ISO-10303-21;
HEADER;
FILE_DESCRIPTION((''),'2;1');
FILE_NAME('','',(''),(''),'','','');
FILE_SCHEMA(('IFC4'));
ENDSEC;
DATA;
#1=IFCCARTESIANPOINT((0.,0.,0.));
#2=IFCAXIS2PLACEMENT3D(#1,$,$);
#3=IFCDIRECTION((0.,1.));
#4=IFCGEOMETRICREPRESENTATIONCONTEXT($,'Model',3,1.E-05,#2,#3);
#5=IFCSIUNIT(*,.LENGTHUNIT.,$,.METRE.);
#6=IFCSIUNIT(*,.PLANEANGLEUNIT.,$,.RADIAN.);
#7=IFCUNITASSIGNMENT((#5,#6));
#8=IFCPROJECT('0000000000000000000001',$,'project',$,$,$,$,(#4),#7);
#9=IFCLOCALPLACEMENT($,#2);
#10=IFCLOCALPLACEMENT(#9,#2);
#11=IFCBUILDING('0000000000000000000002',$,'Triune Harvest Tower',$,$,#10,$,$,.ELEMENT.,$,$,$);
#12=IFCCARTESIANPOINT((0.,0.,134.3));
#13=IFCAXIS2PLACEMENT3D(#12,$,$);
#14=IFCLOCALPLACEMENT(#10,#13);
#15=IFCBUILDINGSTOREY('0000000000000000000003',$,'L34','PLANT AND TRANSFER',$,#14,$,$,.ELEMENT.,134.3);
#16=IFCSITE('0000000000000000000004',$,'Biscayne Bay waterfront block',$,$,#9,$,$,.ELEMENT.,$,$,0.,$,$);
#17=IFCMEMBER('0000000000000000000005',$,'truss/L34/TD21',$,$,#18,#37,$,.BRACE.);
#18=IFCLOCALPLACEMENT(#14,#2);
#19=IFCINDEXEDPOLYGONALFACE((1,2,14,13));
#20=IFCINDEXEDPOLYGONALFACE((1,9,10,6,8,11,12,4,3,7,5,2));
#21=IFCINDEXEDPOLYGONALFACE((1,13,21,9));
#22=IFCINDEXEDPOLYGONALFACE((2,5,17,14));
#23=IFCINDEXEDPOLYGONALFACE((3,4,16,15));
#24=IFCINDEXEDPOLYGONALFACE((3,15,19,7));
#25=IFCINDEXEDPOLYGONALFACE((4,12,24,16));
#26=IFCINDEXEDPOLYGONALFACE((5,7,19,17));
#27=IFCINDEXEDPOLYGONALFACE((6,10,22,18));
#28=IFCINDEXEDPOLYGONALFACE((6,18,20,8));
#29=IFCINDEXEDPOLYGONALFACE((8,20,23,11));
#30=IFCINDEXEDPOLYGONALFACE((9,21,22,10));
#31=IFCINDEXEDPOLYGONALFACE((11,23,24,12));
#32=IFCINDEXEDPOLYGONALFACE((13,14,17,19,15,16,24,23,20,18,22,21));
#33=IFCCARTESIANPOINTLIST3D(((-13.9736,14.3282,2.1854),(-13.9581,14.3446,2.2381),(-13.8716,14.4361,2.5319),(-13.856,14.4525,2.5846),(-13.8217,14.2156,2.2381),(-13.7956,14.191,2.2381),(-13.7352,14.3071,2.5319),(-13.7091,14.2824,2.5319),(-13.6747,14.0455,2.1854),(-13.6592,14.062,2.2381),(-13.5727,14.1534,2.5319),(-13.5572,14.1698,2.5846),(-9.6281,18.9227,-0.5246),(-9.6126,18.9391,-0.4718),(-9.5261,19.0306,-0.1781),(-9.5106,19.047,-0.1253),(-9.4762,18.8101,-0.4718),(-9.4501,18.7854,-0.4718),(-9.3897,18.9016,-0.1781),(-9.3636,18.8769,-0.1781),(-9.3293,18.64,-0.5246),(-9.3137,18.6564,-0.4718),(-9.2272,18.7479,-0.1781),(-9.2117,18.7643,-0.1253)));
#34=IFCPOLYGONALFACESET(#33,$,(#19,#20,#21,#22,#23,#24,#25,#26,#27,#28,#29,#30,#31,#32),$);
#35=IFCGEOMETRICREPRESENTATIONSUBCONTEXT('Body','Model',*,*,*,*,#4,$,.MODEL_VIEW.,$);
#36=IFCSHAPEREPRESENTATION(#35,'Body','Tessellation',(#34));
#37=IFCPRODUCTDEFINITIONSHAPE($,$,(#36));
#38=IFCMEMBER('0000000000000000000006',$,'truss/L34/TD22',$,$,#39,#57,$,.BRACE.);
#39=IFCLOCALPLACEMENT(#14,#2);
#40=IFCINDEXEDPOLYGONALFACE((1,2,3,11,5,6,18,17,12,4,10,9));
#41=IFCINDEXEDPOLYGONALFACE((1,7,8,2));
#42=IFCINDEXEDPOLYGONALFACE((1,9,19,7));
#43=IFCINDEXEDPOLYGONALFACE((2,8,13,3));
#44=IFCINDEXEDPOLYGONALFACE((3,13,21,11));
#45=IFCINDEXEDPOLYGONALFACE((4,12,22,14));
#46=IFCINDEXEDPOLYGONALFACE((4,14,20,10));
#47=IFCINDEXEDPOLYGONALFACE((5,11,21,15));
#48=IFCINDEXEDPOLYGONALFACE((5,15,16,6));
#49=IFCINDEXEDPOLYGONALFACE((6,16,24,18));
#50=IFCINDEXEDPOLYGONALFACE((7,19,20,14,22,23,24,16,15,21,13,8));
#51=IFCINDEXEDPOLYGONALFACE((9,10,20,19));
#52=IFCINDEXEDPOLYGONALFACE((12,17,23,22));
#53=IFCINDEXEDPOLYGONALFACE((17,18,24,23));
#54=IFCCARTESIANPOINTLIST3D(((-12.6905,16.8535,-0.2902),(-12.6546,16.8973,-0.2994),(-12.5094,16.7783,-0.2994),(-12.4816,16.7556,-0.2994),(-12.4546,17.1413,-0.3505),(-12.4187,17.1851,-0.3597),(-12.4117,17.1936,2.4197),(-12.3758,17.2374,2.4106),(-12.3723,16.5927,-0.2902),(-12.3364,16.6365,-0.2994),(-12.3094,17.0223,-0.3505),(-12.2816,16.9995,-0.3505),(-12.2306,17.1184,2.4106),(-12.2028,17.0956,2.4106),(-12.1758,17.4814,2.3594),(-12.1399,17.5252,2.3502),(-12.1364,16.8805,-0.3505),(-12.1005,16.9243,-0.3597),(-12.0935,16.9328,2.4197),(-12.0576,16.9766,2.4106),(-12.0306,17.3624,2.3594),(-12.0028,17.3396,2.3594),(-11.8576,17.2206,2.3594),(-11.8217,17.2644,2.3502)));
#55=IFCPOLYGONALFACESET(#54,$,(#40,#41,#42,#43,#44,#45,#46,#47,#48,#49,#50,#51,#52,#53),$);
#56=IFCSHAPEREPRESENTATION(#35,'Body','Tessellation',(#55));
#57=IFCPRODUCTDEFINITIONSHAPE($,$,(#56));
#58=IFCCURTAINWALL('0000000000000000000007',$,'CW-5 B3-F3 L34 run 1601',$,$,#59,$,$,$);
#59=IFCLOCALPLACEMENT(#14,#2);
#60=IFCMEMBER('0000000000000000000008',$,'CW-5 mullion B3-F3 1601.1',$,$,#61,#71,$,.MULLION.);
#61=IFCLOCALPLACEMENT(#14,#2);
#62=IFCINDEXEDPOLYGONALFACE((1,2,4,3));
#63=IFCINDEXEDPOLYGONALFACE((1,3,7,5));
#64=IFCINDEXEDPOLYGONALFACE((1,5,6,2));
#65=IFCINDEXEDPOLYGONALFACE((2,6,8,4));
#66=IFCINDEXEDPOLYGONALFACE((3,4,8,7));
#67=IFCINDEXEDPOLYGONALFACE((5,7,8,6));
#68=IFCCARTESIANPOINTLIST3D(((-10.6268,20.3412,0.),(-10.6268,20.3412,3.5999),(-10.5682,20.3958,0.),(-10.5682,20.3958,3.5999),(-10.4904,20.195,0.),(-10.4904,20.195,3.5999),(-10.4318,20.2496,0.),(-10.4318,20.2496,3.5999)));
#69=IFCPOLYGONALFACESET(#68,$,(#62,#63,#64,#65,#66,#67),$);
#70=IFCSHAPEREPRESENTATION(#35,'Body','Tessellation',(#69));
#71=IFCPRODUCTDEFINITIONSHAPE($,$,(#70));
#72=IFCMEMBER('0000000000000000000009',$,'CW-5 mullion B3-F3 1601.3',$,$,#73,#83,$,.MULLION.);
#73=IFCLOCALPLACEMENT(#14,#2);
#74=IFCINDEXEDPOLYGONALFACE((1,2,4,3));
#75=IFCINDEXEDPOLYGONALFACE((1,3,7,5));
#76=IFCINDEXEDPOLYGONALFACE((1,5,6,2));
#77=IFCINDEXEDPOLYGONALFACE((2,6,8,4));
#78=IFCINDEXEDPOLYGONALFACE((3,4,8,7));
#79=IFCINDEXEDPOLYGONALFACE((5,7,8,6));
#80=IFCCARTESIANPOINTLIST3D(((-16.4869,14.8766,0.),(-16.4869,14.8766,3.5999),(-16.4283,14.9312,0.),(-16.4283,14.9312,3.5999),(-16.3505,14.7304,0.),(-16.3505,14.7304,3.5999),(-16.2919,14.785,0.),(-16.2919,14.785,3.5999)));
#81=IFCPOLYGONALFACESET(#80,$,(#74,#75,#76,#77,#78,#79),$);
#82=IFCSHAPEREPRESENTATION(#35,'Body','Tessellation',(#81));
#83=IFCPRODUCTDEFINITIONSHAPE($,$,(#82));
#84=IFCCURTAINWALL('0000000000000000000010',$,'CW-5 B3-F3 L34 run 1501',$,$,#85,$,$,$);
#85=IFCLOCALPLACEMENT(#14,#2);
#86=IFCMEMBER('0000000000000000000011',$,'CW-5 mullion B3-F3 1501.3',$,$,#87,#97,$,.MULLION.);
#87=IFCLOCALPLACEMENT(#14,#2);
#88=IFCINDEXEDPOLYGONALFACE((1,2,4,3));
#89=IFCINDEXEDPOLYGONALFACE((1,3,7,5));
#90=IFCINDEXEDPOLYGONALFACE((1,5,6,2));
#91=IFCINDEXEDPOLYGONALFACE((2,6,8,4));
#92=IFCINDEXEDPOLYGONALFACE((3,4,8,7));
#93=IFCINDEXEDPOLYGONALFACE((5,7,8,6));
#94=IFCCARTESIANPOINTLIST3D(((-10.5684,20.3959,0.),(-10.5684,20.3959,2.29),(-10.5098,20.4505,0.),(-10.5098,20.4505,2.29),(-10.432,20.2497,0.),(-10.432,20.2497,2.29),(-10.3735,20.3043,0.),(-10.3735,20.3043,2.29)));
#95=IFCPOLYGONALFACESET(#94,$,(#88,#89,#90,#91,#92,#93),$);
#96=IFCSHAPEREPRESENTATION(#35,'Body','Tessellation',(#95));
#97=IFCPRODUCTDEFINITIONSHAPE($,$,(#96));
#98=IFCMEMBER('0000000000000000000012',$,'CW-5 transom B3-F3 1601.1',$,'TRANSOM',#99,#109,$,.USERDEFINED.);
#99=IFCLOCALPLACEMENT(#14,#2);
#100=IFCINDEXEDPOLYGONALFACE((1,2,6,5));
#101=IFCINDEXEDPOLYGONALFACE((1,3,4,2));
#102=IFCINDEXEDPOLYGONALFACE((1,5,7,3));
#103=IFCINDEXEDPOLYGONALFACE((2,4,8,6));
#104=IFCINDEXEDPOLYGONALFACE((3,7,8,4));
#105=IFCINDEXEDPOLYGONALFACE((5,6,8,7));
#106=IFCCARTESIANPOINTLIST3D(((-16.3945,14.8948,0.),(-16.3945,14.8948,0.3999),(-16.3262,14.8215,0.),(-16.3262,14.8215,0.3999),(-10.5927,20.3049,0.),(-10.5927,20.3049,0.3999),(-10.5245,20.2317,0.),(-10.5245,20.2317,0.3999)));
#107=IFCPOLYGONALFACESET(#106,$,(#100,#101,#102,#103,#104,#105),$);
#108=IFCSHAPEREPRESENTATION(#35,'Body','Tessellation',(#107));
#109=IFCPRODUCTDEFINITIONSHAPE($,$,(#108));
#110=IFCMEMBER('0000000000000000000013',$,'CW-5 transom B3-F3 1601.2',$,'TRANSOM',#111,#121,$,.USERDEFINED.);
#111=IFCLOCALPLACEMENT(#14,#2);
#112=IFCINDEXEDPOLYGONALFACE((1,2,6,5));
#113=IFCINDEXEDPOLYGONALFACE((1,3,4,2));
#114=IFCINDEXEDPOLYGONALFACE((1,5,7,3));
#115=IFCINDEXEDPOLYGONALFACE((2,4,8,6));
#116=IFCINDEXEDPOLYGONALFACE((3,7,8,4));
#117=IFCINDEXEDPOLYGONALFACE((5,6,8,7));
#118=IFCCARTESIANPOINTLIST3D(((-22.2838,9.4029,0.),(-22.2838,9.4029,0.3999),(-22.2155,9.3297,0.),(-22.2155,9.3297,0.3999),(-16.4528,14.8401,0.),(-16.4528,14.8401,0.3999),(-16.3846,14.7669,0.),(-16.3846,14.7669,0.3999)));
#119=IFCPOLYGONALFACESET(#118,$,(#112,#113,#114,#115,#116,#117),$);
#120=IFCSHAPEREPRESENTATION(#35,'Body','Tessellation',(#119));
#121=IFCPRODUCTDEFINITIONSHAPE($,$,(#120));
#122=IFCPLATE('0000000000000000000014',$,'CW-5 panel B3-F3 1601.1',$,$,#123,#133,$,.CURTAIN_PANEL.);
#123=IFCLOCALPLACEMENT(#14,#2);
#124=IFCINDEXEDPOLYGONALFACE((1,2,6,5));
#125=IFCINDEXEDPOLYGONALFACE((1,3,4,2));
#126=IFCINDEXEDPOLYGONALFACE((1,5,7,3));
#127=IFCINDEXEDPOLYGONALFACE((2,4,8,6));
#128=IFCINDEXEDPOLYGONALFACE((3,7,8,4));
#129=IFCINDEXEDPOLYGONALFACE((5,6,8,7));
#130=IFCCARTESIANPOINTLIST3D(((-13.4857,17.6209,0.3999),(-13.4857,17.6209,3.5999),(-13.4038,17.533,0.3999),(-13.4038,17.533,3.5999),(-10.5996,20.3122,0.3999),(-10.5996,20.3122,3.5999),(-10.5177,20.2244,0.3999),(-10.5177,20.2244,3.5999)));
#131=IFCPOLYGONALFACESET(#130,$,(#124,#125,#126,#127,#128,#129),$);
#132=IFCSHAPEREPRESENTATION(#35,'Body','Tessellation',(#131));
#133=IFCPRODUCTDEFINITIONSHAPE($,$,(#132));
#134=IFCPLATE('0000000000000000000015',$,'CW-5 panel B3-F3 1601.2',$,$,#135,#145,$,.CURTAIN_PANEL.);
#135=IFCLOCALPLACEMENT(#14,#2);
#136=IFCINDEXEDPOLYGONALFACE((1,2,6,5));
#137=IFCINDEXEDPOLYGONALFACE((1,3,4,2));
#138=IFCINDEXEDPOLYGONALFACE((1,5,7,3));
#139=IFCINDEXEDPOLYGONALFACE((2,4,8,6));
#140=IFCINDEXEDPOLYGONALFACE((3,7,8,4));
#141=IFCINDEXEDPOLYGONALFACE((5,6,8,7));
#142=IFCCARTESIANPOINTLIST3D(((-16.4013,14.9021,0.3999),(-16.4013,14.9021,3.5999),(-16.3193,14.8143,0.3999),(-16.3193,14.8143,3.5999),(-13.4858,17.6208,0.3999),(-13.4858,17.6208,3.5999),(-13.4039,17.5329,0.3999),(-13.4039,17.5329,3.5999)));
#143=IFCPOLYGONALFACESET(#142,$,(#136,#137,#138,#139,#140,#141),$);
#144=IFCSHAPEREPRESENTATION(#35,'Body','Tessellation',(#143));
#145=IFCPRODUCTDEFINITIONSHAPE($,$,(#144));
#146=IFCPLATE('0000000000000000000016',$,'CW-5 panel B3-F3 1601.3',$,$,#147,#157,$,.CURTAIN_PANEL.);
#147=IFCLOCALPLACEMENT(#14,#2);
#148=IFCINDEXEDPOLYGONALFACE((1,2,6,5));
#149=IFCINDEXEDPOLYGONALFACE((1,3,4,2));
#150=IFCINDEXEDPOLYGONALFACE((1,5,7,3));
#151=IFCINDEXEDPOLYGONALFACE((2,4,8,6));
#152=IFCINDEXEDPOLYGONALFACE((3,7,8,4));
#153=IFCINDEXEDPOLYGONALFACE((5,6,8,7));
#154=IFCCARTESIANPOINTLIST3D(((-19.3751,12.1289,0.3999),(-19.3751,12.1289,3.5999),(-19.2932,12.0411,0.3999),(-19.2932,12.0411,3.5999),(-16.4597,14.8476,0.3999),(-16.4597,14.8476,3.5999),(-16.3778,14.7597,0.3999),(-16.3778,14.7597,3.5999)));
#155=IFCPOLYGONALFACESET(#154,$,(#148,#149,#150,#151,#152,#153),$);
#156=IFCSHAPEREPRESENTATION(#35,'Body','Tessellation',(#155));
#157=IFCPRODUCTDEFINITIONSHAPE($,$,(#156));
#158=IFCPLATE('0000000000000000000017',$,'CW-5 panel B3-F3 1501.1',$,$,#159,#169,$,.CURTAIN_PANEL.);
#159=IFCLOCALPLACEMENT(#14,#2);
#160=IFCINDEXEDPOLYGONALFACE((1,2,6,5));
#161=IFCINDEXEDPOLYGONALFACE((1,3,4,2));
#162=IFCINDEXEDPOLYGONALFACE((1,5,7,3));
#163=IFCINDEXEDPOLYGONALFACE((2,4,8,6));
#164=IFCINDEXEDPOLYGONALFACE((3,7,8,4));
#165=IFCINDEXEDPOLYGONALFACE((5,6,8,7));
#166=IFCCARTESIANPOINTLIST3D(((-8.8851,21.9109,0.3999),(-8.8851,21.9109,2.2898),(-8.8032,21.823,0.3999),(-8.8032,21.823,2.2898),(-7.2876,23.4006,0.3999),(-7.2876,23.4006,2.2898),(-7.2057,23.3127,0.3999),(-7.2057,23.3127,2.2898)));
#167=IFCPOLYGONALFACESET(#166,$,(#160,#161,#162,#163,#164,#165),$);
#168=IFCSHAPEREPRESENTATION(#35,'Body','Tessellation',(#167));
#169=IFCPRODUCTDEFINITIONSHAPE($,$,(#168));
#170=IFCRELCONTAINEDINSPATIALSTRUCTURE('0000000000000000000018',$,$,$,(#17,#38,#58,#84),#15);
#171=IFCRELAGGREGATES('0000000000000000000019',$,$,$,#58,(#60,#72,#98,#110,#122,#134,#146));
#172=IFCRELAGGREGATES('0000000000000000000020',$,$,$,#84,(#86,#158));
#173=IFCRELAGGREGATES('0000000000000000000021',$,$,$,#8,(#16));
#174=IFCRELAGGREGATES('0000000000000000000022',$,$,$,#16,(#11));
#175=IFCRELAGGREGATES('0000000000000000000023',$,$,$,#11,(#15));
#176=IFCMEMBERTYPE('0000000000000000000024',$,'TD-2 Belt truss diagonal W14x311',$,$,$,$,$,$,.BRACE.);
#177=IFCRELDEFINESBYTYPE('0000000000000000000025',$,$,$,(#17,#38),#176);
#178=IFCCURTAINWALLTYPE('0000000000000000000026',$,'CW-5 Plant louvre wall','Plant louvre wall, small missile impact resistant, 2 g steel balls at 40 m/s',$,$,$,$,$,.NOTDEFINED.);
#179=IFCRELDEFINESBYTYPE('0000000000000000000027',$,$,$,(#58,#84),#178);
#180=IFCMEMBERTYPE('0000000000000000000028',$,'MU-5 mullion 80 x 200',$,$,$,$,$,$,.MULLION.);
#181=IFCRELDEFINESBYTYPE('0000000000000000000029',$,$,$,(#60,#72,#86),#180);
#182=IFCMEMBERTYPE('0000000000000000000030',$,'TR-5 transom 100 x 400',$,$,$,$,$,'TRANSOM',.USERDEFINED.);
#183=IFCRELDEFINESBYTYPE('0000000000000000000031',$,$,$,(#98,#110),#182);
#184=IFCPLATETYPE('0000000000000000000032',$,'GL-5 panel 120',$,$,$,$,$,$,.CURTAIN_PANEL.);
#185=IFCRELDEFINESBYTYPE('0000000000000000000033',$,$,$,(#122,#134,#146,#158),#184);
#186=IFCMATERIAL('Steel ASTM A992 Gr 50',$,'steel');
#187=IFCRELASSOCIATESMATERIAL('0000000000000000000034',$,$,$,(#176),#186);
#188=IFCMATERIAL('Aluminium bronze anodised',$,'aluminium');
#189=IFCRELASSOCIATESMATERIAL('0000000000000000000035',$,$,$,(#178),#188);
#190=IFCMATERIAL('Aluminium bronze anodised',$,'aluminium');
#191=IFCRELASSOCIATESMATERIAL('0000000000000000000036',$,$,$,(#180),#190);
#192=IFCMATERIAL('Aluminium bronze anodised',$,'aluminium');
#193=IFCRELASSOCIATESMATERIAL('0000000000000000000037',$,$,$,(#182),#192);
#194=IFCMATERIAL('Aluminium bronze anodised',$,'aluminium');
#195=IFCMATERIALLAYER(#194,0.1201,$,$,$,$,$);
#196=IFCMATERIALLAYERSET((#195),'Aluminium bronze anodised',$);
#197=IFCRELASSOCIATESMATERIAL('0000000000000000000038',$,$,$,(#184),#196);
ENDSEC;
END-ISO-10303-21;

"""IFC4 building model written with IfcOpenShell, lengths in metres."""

from ifc_helpers import new_model, si_unit, direction, frame, origin, origin_2d, place, context, subcontext, project, spatial, rectangle, i_section, extrude, source, transform, mapped, material, layer, layer_set, material_profile, profile_set, type_object, element, aggregate, save


model = new_model("IFC4")

# Units and contexts
model_context = context("Model", 3, precision=1e-05, world=origin(), true_north=direction((0.0, 1.0)))
body_context = subcontext(model_context, "Body", "Model", "MODEL_VIEW")
ifc_project = project(units=[si_unit("LENGTHUNIT", "METRE"), si_unit("PLANEANGLEUNIT", "RADIAN")], contexts=[model_context])

# Site, building, storey
site_placement = place(None, origin())
site = spatial("IfcSite", under=ifc_project, at=site_placement, Name="Biscayne Bay waterfront block", CompositionType="ELEMENT", RefElevation=0.0)
building_placement = place(site_placement, origin())
building = spatial("IfcBuilding", under=site, at=building_placement, Name="Triune Harvest Tower", CompositionType="ELEMENT")
storey_placement = place(building_placement, frame((0.0, 0.0, 134.3)))
storey = spatial("IfcBuildingStorey", under=building, at=storey_placement, Name="L34", Description="PLANT AND TRANSFER", CompositionType="ELEMENT", Elevation=134.3)

# Members
ifc_material_1 = material(Name="Steel ASTM A992 Gr 50", Category="steel")
ifc_material_profile_1 = material_profile(ifc_material_1, i_section(OverallWidth=0.4114, OverallDepth=0.4343, WebThickness=0.0359, FlangeThickness=0.0574, at=origin_2d()), Name="W14x311")
ifc_profile_set_1 = profile_set([ifc_material_profile_1], Name="Steel ASTM A992 Gr 50")
member_type_1 = type_object("IfcMemberType", Name="TD-2 Belt truss diagonal W14x311", PredefinedType="BRACE", material=ifc_profile_set_1)
shared_shape_1 = source(origin(), body_context, "Body", "SweptSolid", [
    extrude(i_section(OverallWidth=0.4114, OverallDepth=0.4343, WebThickness=0.0359, FlangeThickness=0.0574, at=origin_2d()), origin(), (0.0, 0.0, 1.0), 6.8801),
])
member_1_placement = place(storey_placement, frame((-9.4199, 18.8435, -0.325), z_axis=(-0.631596, -0.66779, 0.393882), x_axis=(0.726522, -0.687144, 0.0)))
element("IfcMember", 1, at=member_1_placement, inside=storey, type_object=member_type_1, Name="truss/L34/TD21", PredefinedType="BRACE", context=body_context, shape_type="MappedRepresentation", body=[
    mapped(shared_shape_1, transform((0.0, 0.0, 0.0), scale=1.0)),
])
shared_shape_2 = source(origin(), body_context, "Body", "SweptSolid", [
    extrude(i_section(OverallWidth=0.4114, OverallDepth=0.4343, WebThickness=0.0359, FlangeThickness=0.0574, at=origin_2d()), origin(), (0.0, 0.0, 1.0), 2.7454),
])
member_2_placement = place(storey_placement, frame((-12.3955, 16.8889, -0.325), z_axis=(0.101554, 0.123875, 0.987087), x_axis=(-0.773339, 0.633993, 0.0)))
element("IfcMember", 2, at=member_2_placement, inside=storey, type_object=member_type_1, Name="truss/L34/TD22", PredefinedType="BRACE", context=body_context, shape_type="MappedRepresentation", body=[
    mapped(shared_shape_2, transform((0.0, 0.0, 0.0), scale=1.0)),
])

# Curtain wall, members
ifc_material_2 = material(Name="Aluminium bronze anodised", Category="aluminium")
curtain_wall_type = type_object("IfcCurtainWallType", Name="CW-5 Plant louvre wall", Description="Plant louvre wall, small missile impact resistant, 2 g steel balls at 40 m/s", PredefinedType="NOTDEFINED", material=ifc_material_2)
curtain_wall_1_placement = place(storey_placement, origin())
curtain_wall_1 = element("IfcCurtainWall", 3, at=curtain_wall_1_placement, inside=storey, type_object=curtain_wall_type, Name="CW-5 B3-F3 L34 run 1601")
ifc_material_3 = material(Name="Aluminium bronze anodised", Category="aluminium")
ifc_material_profile_2 = material_profile(ifc_material_3, rectangle(XDim=0.2, YDim=0.0801, at=origin_2d()), Name="MU-5 mullion 80 x 200")
ifc_profile_set_2 = profile_set([ifc_material_profile_2], Name="Aluminium bronze anodised")
member_type_2 = type_object("IfcMemberType", Name="MU-5 mullion 80 x 200", PredefinedType="MULLION", material=ifc_profile_set_2)
shared_shape_3 = source(origin(), body_context, "Body", "SweptSolid", [
    extrude(rectangle(XDim=0.2, YDim=0.0801, at=origin_2d()), origin(), (0.0, 0.0, 1.0), 3.5999),
])
member_3_placement = place(storey_placement, frame((-10.5293, 20.2954, 0.0), z_axis=(0.0, 0.0, 1.0), x_axis=(0.681998, -0.731354, 0.0)))
member_3 = element("IfcMember", 4, at=member_3_placement, type_object=member_type_2, Name="CW-5 mullion B3-F3 1601.1", PredefinedType="MULLION", context=body_context, shape_type="MappedRepresentation", body=[
    mapped(shared_shape_3, transform((0.0, 0.0, 0.0), scale=1.0)),
])
member_4_placement = place(storey_placement, frame((-16.3894, 14.8308, 0.0), z_axis=(0.0, 0.0, 1.0), x_axis=(0.681998, -0.731354, 0.0)))
member_4 = element("IfcMember", 5, at=member_4_placement, type_object=member_type_2, Name="CW-5 mullion B3-F3 1601.3", PredefinedType="MULLION", context=body_context, shape_type="MappedRepresentation", body=[
    mapped(shared_shape_3, transform((0.0, 0.0, 0.0), scale=1.0)),
])

# Curtain wall, member
curtain_wall_2_placement = place(storey_placement, origin())
curtain_wall_2 = element("IfcCurtainWall", 6, at=curtain_wall_2_placement, inside=storey, type_object=curtain_wall_type, Name="CW-5 B3-F3 L34 run 1501")
shared_shape_4 = source(origin(), body_context, "Body", "SweptSolid", [
    extrude(rectangle(XDim=0.2, YDim=0.0801, at=origin_2d()), origin(), (0.0, 0.0, 1.0), 2.29),
])
member_5_placement = place(storey_placement, frame((-10.4709, 20.3501, 0.0), z_axis=(0.0, 0.0, 1.0), x_axis=(0.682, -0.731353, 0.0)))
member_5 = element("IfcMember", 7, at=member_5_placement, type_object=member_type_2, Name="CW-5 mullion B3-F3 1501.3", PredefinedType="MULLION", context=body_context, shape_type="MappedRepresentation", body=[
    mapped(shared_shape_4, transform((0.0, 0.0, 0.0), scale=1.0)),
])

# Members
ifc_material_4 = material(Name="Aluminium bronze anodised", Category="aluminium")
ifc_material_profile_3 = material_profile(ifc_material_4, rectangle(XDim=0.1001, YDim=0.3999, at=origin_2d()), Name="TR-5 transom 100 x 400")
ifc_profile_set_3 = profile_set([ifc_material_profile_3], Name="Aluminium bronze anodised")
member_type_3 = type_object("IfcMemberType", Name="TR-5 transom 100 x 400", ElementType="TRANSOM", PredefinedType="USERDEFINED", material=ifc_profile_set_3)
shared_shape_5 = source(origin(), body_context, "Body", "SweptSolid", [
    extrude(rectangle(XDim=0.1001, YDim=0.3999, at=origin_2d()), origin(), (0.0, 0.0, 1.0), 7.9329),
])
member_6_placement = place(storey_placement, frame((-10.5586, 20.2683, 0.2), z_axis=(-0.731358, -0.681994, 0.0), x_axis=(0.681994, -0.731358, 0.0)))
member_6 = element("IfcMember", 8, at=member_6_placement, type_object=member_type_3, Name="CW-5 transom B3-F3 1601.1", ObjectType="TRANSOM", PredefinedType="USERDEFINED", context=body_context, shape_type="MappedRepresentation", body=[
    mapped(shared_shape_5, transform((0.0, 0.0, 0.0), scale=1.0)),
])
shared_shape_6 = source(origin(), body_context, "Body", "SweptSolid", [
    extrude(rectangle(XDim=0.1001, YDim=0.3999, at=origin_2d()), origin(), (0.0, 0.0, 1.0), 7.9727),
])
member_7_placement = place(storey_placement, frame((-16.4187, 14.8035, 0.2), z_axis=(-0.731372, -0.681979, 0.0), x_axis=(0.681979, -0.731372, 0.0)))
member_7 = element("IfcMember", 9, at=member_7_placement, type_object=member_type_3, Name="CW-5 transom B3-F3 1601.2", ObjectType="TRANSOM", PredefinedType="USERDEFINED", context=body_context, shape_type="MappedRepresentation", body=[
    mapped(shared_shape_6, transform((0.0, 0.0, 0.0), scale=1.0)),
])

# Plates
ifc_material_5 = material(Name="Aluminium bronze anodised", Category="aluminium")
ifc_layer_1 = layer(ifc_material_5, 0.1201)
ifc_layer_set_1 = layer_set([ifc_layer_1], Name="Aluminium bronze anodised")
plate_type = type_object("IfcPlateType", Name="GL-5 panel 120", PredefinedType="CURTAIN_PANEL", material=ifc_layer_set_1)
shared_shape_7 = source(origin(), body_context, "Body", "SweptSolid", [
    extrude(rectangle(XDim=3.9463, YDim=0.1201, at=origin_2d()), origin(), (0.0, 0.0, 1.0), 3.2),
])
plate_1_placement = place(storey_placement, frame((-12.0017, 18.9226, 0.3999), z_axis=(0.0, 0.0, 1.0), x_axis=(-0.731354, -0.681998, 0.0)))
plate_1 = element("IfcPlate", 10, at=plate_1_placement, type_object=plate_type, Name="CW-5 panel B3-F3 1601.1", PredefinedType="CURTAIN_PANEL", context=body_context, shape_type="MappedRepresentation", body=[
    mapped(shared_shape_7, transform((0.0, 0.0, 0.0), scale=1.0)),
])
shared_shape_8 = source(origin(), body_context, "Body", "SweptSolid", [
    extrude(rectangle(XDim=3.9863, YDim=0.1201, at=origin_2d()), origin(), (0.0, 0.0, 1.0), 3.2),
])
plate_2_placement = place(storey_placement, frame((-14.9026, 16.2175, 0.3999), z_axis=(0.0, 0.0, 1.0), x_axis=(-0.731354, -0.681998, 0.0)))
plate_2 = element("IfcPlate", 11, at=plate_2_placement, type_object=plate_type, Name="CW-5 panel B3-F3 1601.2", PredefinedType="CURTAIN_PANEL", context=body_context, shape_type="MappedRepresentation", body=[
    mapped(shared_shape_8, transform((0.0, 0.0, 0.0), scale=1.0)),
])
plate_3_placement = place(storey_placement, frame((-17.8765, 13.4443, 0.3999), z_axis=(0.0, 0.0, 1.0), x_axis=(-0.731354, -0.681998, 0.0)))
plate_3 = element("IfcPlate", 12, at=plate_3_placement, type_object=plate_type, Name="CW-5 panel B3-F3 1601.3", PredefinedType="CURTAIN_PANEL", context=body_context, shape_type="MappedRepresentation", body=[
    mapped(shared_shape_8, transform((0.0, 0.0, 0.0), scale=1.0)),
])
aggregate(curtain_wall_1, [member_3, member_4, member_6, member_7, plate_1, plate_2, plate_3])
shared_shape_9 = source(origin(), body_context, "Body", "SweptSolid", [
    extrude(rectangle(XDim=2.1843, YDim=0.1201, at=origin_2d()), origin(), (0.0, 0.0, 1.0), 1.8899),
])
plate_4_placement = place(storey_placement, frame((-8.0454, 22.6118, 0.3999), z_axis=(0.0, 0.0, 1.0), x_axis=(-0.731353, -0.682, 0.0)))
plate_4 = element("IfcPlate", 13, at=plate_4_placement, type_object=plate_type, Name="CW-5 panel B3-F3 1501.1", PredefinedType="CURTAIN_PANEL", context=body_context, shape_type="MappedRepresentation", body=[
    mapped(shared_shape_9, transform((0.0, 0.0, 0.0), scale=1.0)),
])
aggregate(curtain_wall_2, [member_5, plate_4])

save(model, "model.ifc")
